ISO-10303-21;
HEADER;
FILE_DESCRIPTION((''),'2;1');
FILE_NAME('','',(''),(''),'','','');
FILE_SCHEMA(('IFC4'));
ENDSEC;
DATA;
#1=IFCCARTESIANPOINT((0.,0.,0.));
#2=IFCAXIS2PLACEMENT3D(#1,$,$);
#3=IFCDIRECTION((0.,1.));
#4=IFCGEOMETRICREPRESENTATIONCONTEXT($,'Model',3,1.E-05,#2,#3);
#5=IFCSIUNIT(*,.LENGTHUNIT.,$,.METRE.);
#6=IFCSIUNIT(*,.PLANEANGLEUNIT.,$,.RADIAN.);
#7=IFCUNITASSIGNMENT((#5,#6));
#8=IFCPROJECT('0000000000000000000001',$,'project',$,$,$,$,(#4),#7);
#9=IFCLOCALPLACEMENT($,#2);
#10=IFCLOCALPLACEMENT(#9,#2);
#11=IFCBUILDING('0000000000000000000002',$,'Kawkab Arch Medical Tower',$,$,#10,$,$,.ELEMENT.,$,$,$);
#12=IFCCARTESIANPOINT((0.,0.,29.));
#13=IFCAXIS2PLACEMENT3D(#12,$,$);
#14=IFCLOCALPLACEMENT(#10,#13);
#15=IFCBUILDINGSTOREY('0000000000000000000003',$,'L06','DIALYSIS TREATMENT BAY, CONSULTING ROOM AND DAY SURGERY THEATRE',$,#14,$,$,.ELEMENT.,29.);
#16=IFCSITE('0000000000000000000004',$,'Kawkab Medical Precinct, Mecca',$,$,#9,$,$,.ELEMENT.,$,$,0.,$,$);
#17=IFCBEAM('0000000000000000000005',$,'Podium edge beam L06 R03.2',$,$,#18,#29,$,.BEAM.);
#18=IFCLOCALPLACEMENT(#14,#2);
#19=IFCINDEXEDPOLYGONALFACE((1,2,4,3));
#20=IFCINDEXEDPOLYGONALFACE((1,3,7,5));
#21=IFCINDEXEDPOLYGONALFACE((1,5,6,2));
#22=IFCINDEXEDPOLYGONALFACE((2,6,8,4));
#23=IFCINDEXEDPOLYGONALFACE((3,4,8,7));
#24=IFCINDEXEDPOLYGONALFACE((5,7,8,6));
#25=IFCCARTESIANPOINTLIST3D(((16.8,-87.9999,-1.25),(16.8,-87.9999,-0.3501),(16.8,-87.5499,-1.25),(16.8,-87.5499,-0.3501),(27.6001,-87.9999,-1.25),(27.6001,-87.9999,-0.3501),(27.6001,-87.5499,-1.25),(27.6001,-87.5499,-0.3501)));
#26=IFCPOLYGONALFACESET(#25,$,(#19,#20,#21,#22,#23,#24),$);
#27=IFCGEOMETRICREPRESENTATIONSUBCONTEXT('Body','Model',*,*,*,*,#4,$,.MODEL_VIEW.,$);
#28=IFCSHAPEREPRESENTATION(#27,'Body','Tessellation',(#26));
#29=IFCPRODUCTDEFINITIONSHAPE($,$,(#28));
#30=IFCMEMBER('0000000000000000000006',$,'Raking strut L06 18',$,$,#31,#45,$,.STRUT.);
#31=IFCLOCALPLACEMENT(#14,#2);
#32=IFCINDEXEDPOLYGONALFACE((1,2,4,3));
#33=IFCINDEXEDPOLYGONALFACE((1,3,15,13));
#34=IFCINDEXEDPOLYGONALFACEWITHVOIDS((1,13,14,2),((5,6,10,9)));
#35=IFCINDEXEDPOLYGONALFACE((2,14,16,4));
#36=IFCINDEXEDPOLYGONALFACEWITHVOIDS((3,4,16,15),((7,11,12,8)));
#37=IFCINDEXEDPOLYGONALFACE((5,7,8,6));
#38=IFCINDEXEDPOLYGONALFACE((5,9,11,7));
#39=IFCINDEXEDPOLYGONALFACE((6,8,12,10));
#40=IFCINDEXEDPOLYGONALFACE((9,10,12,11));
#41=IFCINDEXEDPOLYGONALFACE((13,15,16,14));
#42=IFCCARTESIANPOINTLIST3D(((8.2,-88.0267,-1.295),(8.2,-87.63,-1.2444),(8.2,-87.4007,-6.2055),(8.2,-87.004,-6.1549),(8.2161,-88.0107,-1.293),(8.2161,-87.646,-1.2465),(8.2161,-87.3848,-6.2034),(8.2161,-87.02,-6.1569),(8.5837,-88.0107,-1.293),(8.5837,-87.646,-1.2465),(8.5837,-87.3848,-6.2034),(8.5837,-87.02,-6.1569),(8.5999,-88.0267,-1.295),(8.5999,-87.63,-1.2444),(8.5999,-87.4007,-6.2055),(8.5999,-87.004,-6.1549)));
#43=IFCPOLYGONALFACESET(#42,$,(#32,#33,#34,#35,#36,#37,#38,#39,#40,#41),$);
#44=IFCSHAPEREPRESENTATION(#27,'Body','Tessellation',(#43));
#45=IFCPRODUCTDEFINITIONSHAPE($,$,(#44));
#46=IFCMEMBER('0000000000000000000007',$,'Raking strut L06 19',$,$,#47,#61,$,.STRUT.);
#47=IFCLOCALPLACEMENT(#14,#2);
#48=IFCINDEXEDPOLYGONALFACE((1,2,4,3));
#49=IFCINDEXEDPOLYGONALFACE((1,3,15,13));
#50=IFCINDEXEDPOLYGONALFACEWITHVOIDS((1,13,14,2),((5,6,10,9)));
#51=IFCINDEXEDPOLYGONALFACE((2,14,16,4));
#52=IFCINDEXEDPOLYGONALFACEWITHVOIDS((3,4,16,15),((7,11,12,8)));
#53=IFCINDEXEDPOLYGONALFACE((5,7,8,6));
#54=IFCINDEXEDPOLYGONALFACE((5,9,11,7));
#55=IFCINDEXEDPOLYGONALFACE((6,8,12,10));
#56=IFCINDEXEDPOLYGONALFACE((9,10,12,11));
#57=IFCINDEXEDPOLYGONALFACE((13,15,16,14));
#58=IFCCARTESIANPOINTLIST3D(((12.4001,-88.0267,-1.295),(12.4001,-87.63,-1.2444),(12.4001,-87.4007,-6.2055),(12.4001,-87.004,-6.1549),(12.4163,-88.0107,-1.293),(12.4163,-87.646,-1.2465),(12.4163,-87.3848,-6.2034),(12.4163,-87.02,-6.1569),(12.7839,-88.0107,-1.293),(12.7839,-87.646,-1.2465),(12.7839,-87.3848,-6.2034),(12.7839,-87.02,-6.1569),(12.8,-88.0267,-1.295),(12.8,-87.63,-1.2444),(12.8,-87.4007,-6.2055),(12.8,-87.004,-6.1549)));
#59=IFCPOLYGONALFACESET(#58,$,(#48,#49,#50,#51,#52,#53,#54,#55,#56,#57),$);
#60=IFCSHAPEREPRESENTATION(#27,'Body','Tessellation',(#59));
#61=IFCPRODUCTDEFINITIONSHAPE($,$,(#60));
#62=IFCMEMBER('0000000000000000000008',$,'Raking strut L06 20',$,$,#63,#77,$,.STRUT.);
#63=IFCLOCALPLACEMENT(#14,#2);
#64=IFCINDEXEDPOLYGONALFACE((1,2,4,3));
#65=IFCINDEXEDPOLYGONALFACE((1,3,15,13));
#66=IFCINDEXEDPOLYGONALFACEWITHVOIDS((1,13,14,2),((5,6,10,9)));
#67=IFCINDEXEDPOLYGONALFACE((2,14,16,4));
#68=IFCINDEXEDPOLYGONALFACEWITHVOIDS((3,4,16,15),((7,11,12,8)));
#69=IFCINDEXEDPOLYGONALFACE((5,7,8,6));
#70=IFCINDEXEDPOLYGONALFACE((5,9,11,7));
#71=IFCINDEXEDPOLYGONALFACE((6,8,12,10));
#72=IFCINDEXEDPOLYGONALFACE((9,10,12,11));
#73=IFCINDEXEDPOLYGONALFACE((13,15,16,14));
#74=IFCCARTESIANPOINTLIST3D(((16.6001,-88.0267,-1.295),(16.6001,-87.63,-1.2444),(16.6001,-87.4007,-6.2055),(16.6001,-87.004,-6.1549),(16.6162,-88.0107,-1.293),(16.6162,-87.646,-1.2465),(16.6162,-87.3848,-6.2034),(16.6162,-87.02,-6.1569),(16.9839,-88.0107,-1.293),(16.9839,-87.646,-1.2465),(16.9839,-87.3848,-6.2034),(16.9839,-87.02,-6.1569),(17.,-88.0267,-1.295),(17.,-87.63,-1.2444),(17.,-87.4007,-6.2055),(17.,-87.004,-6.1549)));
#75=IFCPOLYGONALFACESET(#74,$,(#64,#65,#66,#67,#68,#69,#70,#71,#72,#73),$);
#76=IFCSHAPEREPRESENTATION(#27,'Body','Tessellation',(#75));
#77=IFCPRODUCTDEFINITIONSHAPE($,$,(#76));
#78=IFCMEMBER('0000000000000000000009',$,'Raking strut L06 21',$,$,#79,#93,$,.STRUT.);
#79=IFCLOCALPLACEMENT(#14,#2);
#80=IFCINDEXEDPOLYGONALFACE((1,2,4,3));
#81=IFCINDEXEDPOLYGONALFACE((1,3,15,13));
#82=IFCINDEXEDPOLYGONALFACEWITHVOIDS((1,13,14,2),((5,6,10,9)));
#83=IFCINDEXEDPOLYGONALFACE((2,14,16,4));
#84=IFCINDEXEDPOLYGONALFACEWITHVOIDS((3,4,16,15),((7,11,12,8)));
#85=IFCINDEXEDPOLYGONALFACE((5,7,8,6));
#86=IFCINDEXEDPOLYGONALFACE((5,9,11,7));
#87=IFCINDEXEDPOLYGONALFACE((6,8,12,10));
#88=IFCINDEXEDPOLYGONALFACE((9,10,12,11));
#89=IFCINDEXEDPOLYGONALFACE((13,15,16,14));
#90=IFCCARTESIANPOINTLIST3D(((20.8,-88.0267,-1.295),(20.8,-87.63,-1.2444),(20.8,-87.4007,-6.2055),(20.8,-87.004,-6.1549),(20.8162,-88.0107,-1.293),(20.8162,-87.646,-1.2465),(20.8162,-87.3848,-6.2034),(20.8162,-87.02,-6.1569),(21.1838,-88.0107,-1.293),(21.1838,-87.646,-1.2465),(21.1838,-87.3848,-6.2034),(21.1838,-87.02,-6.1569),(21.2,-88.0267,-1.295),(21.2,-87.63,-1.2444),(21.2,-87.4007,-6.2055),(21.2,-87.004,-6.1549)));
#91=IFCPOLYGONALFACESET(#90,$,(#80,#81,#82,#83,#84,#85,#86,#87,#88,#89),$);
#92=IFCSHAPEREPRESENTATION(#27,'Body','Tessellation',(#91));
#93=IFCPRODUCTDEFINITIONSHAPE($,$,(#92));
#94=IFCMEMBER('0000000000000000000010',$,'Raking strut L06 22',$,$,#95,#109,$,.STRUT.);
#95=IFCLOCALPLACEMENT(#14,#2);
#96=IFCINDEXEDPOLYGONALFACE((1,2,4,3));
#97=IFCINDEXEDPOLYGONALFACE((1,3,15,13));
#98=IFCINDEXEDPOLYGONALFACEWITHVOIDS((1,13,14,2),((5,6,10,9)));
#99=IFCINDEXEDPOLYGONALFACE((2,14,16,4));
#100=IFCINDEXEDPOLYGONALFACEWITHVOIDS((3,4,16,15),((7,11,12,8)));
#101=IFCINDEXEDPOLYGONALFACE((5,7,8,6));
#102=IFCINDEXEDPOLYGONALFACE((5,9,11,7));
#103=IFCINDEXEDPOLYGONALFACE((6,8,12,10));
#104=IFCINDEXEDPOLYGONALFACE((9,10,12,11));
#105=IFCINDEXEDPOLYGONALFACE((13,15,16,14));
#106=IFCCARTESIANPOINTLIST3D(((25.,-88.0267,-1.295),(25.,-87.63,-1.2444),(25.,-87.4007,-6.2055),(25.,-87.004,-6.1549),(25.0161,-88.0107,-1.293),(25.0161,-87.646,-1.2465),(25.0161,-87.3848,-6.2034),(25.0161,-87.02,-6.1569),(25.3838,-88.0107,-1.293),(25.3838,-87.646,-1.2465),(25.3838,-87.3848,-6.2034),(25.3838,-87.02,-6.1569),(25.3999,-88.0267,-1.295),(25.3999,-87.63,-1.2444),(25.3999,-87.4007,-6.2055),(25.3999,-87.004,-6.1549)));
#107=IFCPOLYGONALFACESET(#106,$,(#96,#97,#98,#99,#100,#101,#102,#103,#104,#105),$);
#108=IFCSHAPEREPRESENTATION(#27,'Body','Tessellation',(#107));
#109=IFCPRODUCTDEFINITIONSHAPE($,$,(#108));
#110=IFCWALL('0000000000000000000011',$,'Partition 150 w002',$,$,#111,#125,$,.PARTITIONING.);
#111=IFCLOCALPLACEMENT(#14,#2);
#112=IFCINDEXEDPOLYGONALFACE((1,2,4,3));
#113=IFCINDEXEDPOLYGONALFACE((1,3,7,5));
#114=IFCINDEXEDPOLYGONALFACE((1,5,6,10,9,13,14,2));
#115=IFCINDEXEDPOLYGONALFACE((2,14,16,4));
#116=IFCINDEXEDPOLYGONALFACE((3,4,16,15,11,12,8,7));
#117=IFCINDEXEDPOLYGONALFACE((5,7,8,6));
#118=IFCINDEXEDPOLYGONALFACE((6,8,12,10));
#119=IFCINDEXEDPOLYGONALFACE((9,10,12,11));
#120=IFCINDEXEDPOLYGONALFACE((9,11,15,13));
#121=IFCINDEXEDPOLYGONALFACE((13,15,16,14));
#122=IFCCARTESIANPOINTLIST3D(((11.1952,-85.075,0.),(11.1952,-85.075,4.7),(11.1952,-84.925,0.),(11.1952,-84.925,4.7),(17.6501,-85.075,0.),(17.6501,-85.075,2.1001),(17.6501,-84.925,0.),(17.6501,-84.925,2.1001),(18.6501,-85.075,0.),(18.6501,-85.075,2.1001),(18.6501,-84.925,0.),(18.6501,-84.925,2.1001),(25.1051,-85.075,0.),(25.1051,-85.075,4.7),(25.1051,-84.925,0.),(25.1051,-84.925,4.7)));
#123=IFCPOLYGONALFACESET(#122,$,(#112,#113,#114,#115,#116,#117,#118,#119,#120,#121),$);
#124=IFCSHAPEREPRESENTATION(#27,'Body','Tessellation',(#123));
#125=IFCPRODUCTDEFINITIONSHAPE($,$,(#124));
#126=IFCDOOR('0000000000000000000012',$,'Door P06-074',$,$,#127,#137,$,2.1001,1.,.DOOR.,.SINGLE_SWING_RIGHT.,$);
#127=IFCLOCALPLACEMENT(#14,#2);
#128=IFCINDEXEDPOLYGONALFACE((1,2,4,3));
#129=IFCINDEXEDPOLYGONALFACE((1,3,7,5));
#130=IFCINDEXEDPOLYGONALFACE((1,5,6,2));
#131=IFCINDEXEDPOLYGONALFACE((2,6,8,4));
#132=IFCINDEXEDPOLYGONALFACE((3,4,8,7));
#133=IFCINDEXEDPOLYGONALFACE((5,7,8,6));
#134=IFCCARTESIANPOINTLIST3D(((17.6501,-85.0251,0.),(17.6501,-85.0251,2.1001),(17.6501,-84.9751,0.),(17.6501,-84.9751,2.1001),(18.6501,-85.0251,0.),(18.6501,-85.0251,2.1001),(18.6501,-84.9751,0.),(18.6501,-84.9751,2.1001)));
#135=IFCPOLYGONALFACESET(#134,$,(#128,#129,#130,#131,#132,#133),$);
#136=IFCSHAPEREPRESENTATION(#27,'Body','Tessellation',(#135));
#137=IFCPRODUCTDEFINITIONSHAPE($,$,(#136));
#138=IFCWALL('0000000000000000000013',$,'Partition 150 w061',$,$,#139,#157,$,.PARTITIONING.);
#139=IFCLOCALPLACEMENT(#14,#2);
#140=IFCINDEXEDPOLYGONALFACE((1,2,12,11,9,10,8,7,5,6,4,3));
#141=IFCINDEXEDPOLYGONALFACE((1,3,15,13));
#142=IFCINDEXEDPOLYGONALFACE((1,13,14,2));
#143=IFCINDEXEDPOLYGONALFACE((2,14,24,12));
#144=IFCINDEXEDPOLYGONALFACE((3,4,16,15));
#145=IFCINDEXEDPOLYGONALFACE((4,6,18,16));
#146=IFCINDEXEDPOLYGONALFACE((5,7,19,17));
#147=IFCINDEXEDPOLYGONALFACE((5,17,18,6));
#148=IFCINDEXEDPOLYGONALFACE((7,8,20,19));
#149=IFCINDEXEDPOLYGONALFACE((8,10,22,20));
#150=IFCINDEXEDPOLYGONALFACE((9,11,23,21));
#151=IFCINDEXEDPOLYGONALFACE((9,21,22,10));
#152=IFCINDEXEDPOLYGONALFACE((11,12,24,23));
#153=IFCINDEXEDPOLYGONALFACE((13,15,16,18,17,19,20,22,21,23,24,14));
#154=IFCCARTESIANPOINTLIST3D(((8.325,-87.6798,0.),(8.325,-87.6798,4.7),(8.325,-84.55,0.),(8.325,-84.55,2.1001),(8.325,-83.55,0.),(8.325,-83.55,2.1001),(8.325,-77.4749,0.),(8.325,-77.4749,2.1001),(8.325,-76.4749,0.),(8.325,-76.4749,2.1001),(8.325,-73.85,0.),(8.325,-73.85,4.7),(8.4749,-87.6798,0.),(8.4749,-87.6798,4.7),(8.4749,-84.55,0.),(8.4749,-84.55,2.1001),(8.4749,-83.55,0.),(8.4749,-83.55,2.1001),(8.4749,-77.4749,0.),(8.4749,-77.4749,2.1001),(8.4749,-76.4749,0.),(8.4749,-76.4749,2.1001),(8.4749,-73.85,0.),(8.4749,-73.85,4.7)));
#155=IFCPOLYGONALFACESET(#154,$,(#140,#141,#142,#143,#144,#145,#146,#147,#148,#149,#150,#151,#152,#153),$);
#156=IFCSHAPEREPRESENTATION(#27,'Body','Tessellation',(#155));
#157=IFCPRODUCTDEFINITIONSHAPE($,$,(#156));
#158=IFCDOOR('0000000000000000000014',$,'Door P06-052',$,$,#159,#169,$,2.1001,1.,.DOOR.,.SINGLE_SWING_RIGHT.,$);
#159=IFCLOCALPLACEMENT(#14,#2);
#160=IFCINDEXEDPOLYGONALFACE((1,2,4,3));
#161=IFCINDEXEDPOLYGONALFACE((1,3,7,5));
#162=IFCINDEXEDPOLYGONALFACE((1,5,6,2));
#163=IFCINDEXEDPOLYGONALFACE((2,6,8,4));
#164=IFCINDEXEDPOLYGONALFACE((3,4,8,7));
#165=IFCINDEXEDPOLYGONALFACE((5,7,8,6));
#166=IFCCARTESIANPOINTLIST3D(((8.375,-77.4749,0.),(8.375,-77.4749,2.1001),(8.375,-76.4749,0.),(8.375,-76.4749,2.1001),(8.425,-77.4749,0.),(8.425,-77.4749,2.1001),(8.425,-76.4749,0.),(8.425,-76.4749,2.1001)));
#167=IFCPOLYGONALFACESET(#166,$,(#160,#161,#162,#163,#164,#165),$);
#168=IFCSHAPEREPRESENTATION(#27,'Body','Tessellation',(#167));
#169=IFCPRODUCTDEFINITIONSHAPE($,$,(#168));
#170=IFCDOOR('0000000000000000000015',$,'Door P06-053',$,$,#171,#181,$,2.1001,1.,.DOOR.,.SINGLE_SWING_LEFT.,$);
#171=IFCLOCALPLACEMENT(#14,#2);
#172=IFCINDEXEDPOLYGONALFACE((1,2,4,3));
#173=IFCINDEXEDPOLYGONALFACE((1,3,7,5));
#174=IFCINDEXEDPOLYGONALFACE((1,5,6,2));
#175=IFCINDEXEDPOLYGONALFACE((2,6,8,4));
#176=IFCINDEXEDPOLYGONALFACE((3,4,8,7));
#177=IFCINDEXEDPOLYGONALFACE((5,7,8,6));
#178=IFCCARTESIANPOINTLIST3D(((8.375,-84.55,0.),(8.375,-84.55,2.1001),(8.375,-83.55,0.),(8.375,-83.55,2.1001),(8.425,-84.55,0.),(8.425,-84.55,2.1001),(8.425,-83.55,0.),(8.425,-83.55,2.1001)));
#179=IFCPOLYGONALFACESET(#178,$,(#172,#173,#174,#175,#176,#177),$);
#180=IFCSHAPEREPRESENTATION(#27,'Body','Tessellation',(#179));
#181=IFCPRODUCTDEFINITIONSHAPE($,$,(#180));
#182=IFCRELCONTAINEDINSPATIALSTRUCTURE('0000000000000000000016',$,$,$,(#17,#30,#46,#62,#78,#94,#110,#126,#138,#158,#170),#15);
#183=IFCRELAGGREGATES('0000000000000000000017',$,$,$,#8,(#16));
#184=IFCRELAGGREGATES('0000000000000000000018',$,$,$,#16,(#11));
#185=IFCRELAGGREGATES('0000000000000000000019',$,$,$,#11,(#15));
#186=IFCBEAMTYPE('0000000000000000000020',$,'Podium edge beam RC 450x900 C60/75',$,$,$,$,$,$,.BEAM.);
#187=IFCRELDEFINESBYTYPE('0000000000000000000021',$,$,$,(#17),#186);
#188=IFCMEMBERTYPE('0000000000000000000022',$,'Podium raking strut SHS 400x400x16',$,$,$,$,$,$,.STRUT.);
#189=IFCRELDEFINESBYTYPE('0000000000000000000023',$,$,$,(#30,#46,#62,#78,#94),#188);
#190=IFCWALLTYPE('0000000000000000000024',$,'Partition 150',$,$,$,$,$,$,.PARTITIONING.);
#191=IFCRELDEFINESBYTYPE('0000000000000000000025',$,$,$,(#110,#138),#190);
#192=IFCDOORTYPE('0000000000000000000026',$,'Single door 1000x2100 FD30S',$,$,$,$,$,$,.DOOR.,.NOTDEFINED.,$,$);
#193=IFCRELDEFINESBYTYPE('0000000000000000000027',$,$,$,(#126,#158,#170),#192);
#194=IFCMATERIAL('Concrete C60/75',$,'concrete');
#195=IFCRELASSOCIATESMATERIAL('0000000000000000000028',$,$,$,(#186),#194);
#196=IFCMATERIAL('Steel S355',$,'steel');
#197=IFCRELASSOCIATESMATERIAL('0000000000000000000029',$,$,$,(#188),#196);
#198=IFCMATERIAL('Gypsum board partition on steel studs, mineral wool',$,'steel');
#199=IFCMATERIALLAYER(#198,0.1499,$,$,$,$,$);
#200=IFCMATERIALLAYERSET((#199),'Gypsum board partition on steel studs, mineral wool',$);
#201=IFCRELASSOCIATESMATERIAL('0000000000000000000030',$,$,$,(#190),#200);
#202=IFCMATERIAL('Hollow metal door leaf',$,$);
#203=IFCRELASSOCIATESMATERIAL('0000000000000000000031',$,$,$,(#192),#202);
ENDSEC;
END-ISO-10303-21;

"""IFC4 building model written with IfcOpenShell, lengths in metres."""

from ifc_helpers import new_model, si_unit, direction, frame, frame_2d, origin, origin_2d, place, context, subcontext, project, spatial, rectangle, hollow_rectangle, extrude, material, layer, layer_set, material_profile, profile_set, type_object, element, fill, save


model = new_model("IFC4")

# Units and contexts
model_context = context("Model", 3, precision=1e-05, world=origin(), true_north=direction((0.0, 1.0)))
body_context = subcontext(model_context, "Body", "Model", "MODEL_VIEW")
ifc_project = project(units=[si_unit("LENGTHUNIT", "METRE"), si_unit("PLANEANGLEUNIT", "RADIAN")], contexts=[model_context])

# Site, building, storey
site_placement = place(None, origin())
site = spatial("IfcSite", under=ifc_project, at=site_placement, Name="Kawkab Medical Precinct, Mecca", CompositionType="ELEMENT", RefElevation=0.0)
building_placement = place(site_placement, origin())
building = spatial("IfcBuilding", under=site, at=building_placement, Name="Kawkab Arch Medical Tower", CompositionType="ELEMENT")
storey_placement = place(building_placement, frame((0.0, 0.0, 29.0)))
storey = spatial("IfcBuildingStorey", under=building, at=storey_placement, Name="L06", Description="DIALYSIS TREATMENT BAY, CONSULTING ROOM AND DAY SURGERY THEATRE", CompositionType="ELEMENT", Elevation=29.0)

# Beam
ifc_material_1 = material(Name="Concrete C60/75", Category="concrete")
ifc_material_profile_1 = material_profile(ifc_material_1, rectangle(XDim=0.45, YDim=0.8999, at=origin_2d()), Name="RC 450x900")
ifc_profile_set_1 = profile_set([ifc_material_profile_1], Name="Concrete C60/75")
beam_type = type_object("IfcBeamType", Name="Podium edge beam RC 450x900 C60/75", PredefinedType="BEAM", material=ifc_profile_set_1)
beam_placement = place(storey_placement, frame((16.8, -87.7749, -0.8), z_axis=(1.0, 0.0, 0.0), x_axis=(0.0, 1.0, 0.0)))
element("IfcBeam", 1, at=beam_placement, inside=storey, type_object=beam_type, Name="Podium edge beam L06 R03.2", PredefinedType="BEAM", context=body_context, shape_type="SweptSolid", body=[
    extrude(rectangle(XDim=0.45, YDim=0.8999, at=origin_2d()), origin(), (0.0, 0.0, 1.0), 10.8),
])

# Members
ifc_material_2 = material(Name="Steel S355", Category="steel")
ifc_material_profile_2 = material_profile(ifc_material_2, hollow_rectangle(XDim=0.3999, YDim=0.3999, WallThickness=0.0161, at=origin_2d()), Name="SHS 400x400x16")
ifc_profile_set_2 = profile_set([ifc_material_profile_2], Name="Steel S355")
member_type = type_object("IfcMemberType", Name="Podium raking strut SHS 400x400x16", PredefinedType="STRUT", material=ifc_profile_set_2)
for number, where, z_axis, x_axis, name in (
    (2, (8.3999, -87.2024, -6.1802), (0.0, -0.126456, 0.991972), (1.0, 0.0, 0.0), "Raking strut L06 18"),
    (3, (12.6001, -87.2024, -6.1802), (0.0, -0.126456, 0.991972), (1.0, 0.0, 0.0), "Raking strut L06 19"),
    (4, (16.8, -87.2024, -6.1802), (0.0, -0.126456, 0.991972), (1.0, 0.0, 0.0), "Raking strut L06 20"),
    (5, (21.0, -87.2024, -6.1802), (0.0, -0.126456, 0.991972), (1.0, 0.0, 0.0), "Raking strut L06 21"),
    (6, (25.2, -87.2024, -6.1802), (0.0, -0.126456, 0.991972), (1.0, 0.0, 0.0), "Raking strut L06 22"),
):
    element("IfcMember", number, at=place(storey_placement, frame(where, z_axis=z_axis, x_axis=x_axis)), inside=storey, type_object=member_type, Name=name, PredefinedType="STRUT", context=body_context, shape_type="SweptSolid", body=[
        extrude(hollow_rectangle(XDim=0.3999, YDim=0.3999, WallThickness=0.0161, at=origin_2d()), origin(), (0.0, 0.0, 1.0), 4.9502),
    ])

# Wall, opening, door
ifc_material_3 = material(Name="Gypsum board partition on steel studs, mineral wool", Category="steel")
ifc_layer = layer(ifc_material_3, 0.1499)
ifc_layer_set = layer_set([ifc_layer], Name="Gypsum board partition on steel studs, mineral wool")
wall_type = type_object("IfcWallType", Name="Partition 150", PredefinedType="PARTITIONING", material=ifc_layer_set)
wall_1_placement = place(storey_placement, frame((11.1951, -85.0, 0.0), z_axis=(0.0, 0.0, 1.0), x_axis=(1.0, 0.0, 0.0)))
wall_1 = element("IfcWall", 7, at=wall_1_placement, inside=storey, type_object=wall_type, Name="Partition 150 w002", PredefinedType="PARTITIONING", context=body_context, shape_type="SweptSolid", body=[
    extrude(rectangle(XDim=13.9099, YDim=0.1499, at=frame_2d((6.9551, 0.0))), origin(), (0.0, 0.0, 1.0), 4.7),
])
opening_1_placement = place(wall_1_placement, frame((6.4551, 0.0, 0.0)))
opening_1 = element("IfcOpeningElement", 8, at=opening_1_placement, cuts=wall_1, PredefinedType="OPENING", context=body_context, shape_type="SweptSolid", body=[
    extrude(rectangle(XDim=1.0, YDim=2.1001, at=frame_2d((0.5, 1.05))), frame((0.0, 0.085, 0.0), z_axis=(0.0, -1.0, 0.0), x_axis=(1.0, 0.0, 0.0)), (0.0, 0.0, 1.0), 0.1699),
])
ifc_material_4 = material(Name="Hollow metal door leaf")
door_type = type_object("IfcDoorType", Name="Single door 1000x2100 FD30S", OperationType="NOTDEFINED", PredefinedType="DOOR", material=ifc_material_4)
door_1_placement = place(opening_1_placement, origin())
door_1 = element("IfcDoor", 9, at=door_1_placement, inside=storey, type_object=door_type, Name="Door P06-074", OperationType="SINGLE_SWING_RIGHT", OverallHeight=2.1001, OverallWidth=1.0, PredefinedType="DOOR", context=body_context, shape_type="SweptSolid", body=[
    extrude(rectangle(XDim=1.0, YDim=2.1001, at=frame_2d((0.5, 1.05))), frame((0.0, 0.0249, 0.0), z_axis=(0.0, -1.0, 0.0), x_axis=(1.0, 0.0, 0.0)), (0.0, 0.0, 1.0), 0.05),
])
fill(opening_1, door_1)

# Wall, openings, doors
wall_2_placement = place(storey_placement, frame((8.3999, -87.6799, 0.0), z_axis=(0.0, 0.0, 1.0), x_axis=(0.0, 1.0, 0.0)))
wall_2 = element("IfcWall", 10, at=wall_2_placement, inside=storey, type_object=wall_type, Name="Partition 150 w061", PredefinedType="PARTITIONING", context=body_context, shape_type="SweptSolid", body=[
    extrude(rectangle(XDim=13.8298, YDim=0.1499, at=frame_2d((6.915, 0.0))), origin(), (0.0, 0.0, 1.0), 4.7),
])
opening_2_placement = place(wall_2_placement, frame((10.2051, 0.0, 0.0)))
opening_2 = element("IfcOpeningElement", 11, at=opening_2_placement, cuts=wall_2, PredefinedType="OPENING", context=body_context, shape_type="SweptSolid", body=[
    extrude(rectangle(XDim=1.0, YDim=2.1001, at=frame_2d((0.5, 1.05))), frame((0.0, 0.085, 0.0), z_axis=(0.0, -1.0, 0.0), x_axis=(1.0, 0.0, 0.0)), (0.0, 0.0, 1.0), 0.1699),
])
opening_3_placement = place(wall_2_placement, frame((3.1299, 0.0, 0.0)))
opening_3 = element("IfcOpeningElement", 12, at=opening_3_placement, cuts=wall_2, PredefinedType="OPENING", context=body_context, shape_type="SweptSolid", body=[
    extrude(rectangle(XDim=1.0, YDim=2.1001, at=frame_2d((0.5, 1.05))), frame((0.0, 0.085, 0.0), z_axis=(0.0, -1.0, 0.0), x_axis=(1.0, 0.0, 0.0)), (0.0, 0.0, 1.0), 0.1699),
])
door_2_placement = place(opening_2_placement, origin())
door_2 = element("IfcDoor", 13, at=door_2_placement, inside=storey, type_object=door_type, Name="Door P06-052", OperationType="SINGLE_SWING_RIGHT", OverallHeight=2.1001, OverallWidth=1.0, PredefinedType="DOOR", context=body_context, shape_type="SweptSolid", body=[
    extrude(rectangle(XDim=1.0, YDim=2.1001, at=frame_2d((0.5, 1.05))), frame((0.0, 0.0249, 0.0), z_axis=(0.0, -1.0, 0.0), x_axis=(1.0, 0.0, 0.0)), (0.0, 0.0, 1.0), 0.05),
])
fill(opening_2, door_2)
door_3_placement = place(opening_3_placement, origin())
door_3 = element("IfcDoor", 14, at=door_3_placement, inside=storey, type_object=door_type, Name="Door P06-053", OperationType="SINGLE_SWING_LEFT", OverallHeight=2.1001, OverallWidth=1.0, PredefinedType="DOOR", context=body_context, shape_type="SweptSolid", body=[
    extrude(rectangle(XDim=1.0, YDim=2.1001, at=frame_2d((0.5, 1.05))), frame((0.0, 0.0249, 0.0), z_axis=(0.0, -1.0, 0.0), x_axis=(1.0, 0.0, 0.0)), (0.0, 0.0, 1.0), 0.05),
])
fill(opening_3, door_3)

save(model, "model.ifc")
